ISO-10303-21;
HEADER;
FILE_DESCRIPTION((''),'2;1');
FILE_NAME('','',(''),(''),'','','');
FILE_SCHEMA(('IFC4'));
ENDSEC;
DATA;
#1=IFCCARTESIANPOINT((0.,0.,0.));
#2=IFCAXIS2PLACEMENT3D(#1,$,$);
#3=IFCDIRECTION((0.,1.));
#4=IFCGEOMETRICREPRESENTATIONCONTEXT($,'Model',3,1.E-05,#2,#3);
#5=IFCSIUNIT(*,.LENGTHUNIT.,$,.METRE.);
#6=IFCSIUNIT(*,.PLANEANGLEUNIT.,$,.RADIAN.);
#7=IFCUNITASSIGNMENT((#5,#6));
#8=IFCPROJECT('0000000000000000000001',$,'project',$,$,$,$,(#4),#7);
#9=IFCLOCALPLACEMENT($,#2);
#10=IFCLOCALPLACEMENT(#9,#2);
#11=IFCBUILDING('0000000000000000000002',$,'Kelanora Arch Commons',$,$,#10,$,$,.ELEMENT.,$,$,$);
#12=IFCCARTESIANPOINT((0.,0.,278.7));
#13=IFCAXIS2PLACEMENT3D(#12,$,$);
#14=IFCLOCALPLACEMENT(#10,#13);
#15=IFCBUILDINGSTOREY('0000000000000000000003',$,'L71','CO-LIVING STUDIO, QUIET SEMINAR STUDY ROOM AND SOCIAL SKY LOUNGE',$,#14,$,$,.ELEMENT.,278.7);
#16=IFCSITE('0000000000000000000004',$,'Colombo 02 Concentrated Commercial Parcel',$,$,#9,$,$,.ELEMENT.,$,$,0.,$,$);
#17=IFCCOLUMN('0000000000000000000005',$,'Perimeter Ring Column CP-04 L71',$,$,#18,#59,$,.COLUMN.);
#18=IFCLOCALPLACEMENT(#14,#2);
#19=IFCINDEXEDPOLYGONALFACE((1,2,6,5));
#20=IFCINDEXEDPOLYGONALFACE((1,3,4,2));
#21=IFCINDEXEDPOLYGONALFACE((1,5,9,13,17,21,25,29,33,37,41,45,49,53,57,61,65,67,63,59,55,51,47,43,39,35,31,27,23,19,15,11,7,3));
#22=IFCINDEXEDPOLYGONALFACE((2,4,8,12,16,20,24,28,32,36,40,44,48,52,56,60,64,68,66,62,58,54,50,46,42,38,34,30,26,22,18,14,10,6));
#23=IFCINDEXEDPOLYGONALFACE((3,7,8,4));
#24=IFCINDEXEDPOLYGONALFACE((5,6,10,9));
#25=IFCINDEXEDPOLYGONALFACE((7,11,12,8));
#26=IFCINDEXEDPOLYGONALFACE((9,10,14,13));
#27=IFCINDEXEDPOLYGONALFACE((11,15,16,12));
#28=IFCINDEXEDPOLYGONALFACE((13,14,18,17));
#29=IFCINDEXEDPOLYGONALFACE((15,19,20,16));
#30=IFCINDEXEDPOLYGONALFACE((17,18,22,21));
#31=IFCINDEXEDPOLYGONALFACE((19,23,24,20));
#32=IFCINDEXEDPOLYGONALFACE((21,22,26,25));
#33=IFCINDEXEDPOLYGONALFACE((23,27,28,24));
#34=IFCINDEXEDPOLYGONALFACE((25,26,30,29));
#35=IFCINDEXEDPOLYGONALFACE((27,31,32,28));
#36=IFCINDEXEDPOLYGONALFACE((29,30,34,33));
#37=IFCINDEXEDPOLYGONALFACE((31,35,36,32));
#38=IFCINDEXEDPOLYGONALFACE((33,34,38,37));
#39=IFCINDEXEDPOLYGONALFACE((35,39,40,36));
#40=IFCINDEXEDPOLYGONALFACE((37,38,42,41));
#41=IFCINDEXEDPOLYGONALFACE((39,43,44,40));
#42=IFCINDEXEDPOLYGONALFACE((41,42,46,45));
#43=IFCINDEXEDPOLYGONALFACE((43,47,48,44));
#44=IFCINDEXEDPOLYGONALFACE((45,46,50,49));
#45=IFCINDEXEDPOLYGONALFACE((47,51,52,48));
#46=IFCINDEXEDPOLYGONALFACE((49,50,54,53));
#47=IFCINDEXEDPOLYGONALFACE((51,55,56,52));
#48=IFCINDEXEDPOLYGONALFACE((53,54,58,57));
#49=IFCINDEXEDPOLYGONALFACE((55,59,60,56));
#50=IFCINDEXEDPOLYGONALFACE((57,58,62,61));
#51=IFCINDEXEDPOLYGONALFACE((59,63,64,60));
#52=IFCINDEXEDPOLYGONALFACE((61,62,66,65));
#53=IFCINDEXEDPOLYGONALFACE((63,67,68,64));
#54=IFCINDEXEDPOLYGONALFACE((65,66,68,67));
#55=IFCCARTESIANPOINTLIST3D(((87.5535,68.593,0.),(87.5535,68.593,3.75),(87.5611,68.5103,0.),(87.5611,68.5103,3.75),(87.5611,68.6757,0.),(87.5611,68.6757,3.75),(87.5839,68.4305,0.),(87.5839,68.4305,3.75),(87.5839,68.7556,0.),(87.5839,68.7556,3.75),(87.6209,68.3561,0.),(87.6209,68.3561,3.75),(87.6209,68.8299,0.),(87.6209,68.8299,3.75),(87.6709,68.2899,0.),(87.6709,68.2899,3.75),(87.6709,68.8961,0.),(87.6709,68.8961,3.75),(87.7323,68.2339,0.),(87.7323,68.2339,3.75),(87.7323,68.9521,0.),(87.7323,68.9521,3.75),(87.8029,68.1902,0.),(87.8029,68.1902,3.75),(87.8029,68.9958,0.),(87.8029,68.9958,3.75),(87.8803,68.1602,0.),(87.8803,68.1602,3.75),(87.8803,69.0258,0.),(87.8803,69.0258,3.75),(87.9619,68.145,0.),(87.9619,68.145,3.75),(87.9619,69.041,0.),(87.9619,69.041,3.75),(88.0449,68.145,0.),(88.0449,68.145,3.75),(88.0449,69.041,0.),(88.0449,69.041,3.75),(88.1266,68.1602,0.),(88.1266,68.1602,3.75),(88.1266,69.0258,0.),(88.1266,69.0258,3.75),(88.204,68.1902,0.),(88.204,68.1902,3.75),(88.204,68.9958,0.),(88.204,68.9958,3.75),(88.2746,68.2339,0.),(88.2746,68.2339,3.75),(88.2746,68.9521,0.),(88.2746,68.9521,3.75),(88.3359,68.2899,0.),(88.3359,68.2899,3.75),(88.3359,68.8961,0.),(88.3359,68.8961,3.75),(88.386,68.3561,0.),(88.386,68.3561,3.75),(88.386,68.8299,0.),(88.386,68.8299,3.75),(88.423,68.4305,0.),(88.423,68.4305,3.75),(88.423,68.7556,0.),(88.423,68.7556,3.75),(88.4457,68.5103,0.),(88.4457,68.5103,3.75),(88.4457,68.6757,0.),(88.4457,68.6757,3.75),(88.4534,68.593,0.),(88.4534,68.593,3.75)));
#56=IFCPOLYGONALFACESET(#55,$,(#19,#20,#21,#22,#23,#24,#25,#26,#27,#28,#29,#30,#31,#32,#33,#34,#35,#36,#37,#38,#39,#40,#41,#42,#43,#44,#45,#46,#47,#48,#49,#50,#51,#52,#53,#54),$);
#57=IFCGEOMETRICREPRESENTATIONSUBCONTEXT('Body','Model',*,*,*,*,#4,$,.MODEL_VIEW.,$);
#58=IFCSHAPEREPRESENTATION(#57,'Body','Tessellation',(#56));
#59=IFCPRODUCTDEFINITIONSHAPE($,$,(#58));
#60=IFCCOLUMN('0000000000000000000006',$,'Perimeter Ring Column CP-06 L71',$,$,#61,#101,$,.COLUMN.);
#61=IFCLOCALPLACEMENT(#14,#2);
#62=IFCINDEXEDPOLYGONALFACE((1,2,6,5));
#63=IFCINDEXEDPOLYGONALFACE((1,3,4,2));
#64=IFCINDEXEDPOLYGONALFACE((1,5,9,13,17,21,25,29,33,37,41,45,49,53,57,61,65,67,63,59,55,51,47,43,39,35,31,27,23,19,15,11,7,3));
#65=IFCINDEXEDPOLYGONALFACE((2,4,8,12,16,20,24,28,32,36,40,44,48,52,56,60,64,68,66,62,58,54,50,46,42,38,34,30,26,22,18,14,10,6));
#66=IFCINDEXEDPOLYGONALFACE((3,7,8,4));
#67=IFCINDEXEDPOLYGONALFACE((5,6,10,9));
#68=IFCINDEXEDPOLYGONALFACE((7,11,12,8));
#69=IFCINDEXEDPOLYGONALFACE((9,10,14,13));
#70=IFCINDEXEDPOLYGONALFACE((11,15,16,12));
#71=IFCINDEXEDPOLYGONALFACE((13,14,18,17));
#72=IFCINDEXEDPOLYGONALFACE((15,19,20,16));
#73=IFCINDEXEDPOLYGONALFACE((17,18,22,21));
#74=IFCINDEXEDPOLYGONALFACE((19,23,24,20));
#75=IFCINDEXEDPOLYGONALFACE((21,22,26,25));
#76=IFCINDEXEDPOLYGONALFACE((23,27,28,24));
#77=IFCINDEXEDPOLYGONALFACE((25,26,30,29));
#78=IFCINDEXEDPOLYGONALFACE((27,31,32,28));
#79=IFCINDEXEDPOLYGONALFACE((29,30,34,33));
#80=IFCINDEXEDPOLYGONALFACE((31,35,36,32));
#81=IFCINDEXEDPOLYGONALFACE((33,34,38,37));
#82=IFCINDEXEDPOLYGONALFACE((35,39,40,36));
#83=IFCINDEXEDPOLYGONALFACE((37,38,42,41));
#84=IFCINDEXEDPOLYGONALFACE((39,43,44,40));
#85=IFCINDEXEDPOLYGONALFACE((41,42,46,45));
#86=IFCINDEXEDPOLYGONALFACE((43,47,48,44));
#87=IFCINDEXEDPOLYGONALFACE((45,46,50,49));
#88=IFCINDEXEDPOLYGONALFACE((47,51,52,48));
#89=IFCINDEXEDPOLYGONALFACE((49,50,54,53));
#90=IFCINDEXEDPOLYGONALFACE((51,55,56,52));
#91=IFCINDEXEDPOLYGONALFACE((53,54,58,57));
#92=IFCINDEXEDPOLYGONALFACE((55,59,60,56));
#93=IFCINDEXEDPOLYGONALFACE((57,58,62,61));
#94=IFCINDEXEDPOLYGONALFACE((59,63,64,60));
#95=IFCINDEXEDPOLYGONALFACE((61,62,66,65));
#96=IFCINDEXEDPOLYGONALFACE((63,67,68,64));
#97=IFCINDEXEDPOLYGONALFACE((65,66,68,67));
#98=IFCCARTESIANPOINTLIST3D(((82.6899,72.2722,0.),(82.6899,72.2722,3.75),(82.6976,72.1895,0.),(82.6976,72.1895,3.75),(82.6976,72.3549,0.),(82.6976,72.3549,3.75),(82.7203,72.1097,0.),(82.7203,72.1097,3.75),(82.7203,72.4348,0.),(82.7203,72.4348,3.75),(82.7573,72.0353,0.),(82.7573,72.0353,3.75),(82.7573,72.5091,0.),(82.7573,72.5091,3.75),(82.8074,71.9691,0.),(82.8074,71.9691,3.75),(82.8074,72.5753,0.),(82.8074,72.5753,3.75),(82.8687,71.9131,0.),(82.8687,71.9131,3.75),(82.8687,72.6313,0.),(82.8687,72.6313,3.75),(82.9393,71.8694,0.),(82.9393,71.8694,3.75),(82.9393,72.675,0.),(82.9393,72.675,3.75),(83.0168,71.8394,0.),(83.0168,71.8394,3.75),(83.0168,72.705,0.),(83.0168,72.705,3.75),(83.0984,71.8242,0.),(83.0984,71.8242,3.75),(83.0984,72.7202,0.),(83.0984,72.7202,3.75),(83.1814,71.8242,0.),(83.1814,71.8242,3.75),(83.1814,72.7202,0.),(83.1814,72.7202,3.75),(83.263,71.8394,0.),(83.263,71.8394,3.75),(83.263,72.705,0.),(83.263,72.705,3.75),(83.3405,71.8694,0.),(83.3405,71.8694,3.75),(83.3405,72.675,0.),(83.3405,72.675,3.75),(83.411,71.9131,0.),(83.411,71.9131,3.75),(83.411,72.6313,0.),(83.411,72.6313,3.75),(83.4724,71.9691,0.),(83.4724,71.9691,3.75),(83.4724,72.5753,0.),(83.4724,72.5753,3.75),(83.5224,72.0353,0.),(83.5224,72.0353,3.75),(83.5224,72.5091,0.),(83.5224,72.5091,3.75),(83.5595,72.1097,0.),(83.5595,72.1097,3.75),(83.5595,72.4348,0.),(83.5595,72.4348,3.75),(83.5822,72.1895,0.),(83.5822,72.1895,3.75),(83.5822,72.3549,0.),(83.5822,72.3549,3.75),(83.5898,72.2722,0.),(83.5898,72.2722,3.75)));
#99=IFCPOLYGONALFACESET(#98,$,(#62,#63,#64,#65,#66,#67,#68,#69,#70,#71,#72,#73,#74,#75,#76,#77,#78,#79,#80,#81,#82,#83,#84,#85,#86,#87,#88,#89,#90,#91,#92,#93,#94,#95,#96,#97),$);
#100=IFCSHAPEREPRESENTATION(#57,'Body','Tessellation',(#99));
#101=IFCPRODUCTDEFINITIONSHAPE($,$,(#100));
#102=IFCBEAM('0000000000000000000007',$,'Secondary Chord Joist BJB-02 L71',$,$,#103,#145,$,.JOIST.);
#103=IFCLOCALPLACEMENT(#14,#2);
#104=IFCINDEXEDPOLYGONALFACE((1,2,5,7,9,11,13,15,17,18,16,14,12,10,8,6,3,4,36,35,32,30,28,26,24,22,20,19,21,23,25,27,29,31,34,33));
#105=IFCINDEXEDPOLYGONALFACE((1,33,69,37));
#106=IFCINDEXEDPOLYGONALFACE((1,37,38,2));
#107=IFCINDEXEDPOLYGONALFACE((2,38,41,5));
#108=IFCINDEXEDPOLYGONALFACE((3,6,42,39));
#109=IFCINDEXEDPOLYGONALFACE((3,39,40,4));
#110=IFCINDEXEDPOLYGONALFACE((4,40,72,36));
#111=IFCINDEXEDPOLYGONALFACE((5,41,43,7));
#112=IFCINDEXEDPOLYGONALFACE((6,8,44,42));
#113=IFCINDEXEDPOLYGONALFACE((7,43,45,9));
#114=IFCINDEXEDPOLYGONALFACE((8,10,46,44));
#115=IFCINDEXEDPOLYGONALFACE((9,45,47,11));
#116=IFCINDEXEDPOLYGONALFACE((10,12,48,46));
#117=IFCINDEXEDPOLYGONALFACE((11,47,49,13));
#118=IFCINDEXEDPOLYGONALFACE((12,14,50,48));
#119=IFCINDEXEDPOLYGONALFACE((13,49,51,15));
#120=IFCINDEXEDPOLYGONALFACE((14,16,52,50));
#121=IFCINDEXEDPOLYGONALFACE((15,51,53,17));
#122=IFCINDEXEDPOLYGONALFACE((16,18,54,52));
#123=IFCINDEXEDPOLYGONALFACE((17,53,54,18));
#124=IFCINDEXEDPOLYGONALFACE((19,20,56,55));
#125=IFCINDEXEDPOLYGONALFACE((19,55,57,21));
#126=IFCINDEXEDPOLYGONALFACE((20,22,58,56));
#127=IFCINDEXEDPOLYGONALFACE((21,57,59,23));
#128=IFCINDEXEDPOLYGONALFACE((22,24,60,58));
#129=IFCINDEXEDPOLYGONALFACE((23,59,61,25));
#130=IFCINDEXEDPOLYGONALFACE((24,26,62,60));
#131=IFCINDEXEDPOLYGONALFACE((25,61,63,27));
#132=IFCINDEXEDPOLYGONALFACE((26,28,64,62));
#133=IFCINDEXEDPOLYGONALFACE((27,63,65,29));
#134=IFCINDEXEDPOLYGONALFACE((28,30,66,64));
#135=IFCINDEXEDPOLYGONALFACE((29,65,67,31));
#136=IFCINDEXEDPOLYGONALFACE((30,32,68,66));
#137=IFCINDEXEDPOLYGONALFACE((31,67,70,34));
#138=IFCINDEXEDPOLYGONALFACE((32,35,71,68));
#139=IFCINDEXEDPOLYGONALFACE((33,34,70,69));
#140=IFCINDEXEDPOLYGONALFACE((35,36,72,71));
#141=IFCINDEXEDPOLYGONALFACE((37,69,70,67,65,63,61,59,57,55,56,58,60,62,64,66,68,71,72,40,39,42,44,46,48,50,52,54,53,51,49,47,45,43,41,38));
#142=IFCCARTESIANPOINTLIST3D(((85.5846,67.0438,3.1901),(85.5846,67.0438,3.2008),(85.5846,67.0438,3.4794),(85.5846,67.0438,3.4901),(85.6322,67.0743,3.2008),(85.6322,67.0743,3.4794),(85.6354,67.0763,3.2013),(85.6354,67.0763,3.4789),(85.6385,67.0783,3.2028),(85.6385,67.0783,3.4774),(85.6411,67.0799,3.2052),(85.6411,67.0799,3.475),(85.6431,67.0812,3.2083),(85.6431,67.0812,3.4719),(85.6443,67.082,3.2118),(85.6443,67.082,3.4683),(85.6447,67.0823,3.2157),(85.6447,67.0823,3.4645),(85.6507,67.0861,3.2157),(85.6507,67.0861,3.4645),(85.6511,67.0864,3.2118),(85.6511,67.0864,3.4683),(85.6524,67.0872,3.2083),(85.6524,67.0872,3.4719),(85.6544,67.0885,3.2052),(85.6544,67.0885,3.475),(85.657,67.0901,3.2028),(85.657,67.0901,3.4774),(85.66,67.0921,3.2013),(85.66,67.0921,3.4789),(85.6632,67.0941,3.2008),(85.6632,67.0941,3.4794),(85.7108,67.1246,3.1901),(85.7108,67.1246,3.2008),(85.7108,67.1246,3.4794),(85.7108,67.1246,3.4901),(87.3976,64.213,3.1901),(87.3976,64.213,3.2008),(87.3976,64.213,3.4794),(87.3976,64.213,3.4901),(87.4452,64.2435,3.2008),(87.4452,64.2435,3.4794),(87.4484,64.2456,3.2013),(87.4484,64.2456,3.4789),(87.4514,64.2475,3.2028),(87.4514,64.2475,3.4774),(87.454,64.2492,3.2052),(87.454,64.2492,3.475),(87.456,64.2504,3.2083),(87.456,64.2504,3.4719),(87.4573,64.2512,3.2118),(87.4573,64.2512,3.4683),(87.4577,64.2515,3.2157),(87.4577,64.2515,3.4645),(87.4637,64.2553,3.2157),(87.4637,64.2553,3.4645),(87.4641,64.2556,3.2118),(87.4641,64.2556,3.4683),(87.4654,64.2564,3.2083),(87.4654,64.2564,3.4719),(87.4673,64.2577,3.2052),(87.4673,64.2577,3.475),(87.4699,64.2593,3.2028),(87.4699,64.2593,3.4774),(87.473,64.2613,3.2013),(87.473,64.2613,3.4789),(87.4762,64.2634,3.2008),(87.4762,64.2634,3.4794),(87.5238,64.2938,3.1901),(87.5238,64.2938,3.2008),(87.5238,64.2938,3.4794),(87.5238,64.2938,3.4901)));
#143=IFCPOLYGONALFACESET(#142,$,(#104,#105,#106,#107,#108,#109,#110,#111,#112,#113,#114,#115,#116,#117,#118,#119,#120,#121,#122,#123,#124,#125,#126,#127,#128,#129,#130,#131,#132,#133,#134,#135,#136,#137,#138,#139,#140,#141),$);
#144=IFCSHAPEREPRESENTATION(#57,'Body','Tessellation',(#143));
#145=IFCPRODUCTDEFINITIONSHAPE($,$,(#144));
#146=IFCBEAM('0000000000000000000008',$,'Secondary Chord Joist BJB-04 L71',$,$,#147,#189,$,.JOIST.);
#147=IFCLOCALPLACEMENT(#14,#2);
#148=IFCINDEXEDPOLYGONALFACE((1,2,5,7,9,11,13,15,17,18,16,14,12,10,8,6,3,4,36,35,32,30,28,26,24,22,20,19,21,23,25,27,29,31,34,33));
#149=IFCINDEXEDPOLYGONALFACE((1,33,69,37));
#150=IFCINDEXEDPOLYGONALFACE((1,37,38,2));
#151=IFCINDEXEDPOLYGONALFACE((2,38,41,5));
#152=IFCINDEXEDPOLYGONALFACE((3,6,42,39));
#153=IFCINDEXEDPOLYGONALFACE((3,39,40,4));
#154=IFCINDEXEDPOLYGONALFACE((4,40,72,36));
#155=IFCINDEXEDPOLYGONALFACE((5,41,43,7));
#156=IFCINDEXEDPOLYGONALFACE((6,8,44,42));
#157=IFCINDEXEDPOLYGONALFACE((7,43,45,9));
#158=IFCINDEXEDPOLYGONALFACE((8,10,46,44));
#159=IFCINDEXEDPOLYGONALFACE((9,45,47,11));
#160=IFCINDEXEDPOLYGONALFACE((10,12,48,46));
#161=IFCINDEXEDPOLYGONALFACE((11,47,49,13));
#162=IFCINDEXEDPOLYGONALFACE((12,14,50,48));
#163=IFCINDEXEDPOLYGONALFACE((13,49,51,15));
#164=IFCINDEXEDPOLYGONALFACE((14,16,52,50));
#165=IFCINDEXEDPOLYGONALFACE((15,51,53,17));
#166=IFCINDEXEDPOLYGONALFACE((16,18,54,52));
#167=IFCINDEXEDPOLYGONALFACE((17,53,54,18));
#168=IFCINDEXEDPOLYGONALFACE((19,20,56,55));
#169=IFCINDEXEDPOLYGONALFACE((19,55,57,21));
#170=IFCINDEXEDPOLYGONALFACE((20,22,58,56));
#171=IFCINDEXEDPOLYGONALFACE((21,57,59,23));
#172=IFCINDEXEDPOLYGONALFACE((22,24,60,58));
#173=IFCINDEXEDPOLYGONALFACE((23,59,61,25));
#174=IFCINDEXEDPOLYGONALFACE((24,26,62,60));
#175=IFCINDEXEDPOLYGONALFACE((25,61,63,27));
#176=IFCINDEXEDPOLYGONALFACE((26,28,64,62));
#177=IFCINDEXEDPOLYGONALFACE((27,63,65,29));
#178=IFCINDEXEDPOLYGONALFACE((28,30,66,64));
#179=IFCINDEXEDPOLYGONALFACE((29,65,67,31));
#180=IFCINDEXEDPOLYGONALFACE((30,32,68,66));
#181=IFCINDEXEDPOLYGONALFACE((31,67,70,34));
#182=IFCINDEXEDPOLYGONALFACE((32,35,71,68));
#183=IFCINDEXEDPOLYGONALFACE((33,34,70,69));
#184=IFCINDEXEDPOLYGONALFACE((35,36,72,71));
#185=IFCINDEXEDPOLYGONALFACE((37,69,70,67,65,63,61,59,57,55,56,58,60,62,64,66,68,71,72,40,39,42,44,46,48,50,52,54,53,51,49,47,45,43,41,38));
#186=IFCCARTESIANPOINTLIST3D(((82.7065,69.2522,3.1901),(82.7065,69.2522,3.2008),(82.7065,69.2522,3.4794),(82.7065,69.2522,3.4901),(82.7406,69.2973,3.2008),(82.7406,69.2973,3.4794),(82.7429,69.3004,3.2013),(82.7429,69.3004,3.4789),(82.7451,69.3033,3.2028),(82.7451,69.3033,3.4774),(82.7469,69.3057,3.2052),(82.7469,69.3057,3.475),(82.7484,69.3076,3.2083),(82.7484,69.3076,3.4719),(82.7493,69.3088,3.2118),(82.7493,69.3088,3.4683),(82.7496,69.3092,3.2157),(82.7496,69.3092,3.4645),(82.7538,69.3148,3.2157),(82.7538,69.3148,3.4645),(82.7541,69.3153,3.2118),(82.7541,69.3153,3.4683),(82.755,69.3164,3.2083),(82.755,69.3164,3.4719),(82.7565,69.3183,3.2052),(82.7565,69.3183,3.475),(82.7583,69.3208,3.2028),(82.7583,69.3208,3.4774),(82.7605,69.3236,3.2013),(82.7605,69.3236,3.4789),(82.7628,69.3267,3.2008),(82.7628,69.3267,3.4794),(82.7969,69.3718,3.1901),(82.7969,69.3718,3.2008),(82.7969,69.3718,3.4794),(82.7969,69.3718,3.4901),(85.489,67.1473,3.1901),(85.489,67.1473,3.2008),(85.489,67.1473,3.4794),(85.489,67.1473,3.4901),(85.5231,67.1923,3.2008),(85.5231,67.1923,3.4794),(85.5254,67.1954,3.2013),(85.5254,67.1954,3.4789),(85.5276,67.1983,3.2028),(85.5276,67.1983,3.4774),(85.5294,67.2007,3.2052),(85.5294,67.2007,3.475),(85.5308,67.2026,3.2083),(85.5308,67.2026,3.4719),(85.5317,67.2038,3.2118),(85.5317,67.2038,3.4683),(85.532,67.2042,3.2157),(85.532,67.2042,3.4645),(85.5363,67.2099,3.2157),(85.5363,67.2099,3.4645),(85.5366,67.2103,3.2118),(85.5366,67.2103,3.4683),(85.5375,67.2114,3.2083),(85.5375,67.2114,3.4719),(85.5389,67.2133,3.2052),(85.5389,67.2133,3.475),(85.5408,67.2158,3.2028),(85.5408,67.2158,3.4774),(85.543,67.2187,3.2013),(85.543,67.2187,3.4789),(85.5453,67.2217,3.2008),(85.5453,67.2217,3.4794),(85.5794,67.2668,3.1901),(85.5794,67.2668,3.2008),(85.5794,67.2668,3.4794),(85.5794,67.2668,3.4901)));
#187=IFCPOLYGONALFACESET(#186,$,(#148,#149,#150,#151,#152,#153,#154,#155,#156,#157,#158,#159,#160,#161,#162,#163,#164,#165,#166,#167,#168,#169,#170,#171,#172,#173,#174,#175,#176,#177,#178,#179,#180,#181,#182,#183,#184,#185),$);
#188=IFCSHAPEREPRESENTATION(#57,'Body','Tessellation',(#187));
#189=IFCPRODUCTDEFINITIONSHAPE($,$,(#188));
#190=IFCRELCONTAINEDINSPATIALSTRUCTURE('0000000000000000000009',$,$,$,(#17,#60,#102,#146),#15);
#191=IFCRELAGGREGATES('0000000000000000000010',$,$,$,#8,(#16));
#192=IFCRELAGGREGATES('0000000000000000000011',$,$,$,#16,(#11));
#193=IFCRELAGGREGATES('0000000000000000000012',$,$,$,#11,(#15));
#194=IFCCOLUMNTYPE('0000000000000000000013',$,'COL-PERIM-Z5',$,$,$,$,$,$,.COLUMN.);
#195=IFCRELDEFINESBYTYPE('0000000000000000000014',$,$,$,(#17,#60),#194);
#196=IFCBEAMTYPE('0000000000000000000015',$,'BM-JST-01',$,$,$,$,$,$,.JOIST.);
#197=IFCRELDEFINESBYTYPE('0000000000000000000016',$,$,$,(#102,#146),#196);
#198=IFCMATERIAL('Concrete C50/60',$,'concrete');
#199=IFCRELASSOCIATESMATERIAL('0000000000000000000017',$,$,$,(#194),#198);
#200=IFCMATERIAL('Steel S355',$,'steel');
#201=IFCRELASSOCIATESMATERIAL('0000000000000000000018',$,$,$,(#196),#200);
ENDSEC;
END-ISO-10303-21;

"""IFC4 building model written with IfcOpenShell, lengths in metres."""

from ifc_helpers import new_model, si_unit, direction, frame, origin, origin_2d, place, context, subcontext, project, spatial, circle, i_section, extrude, material, material_profile, profile_set, type_object, element, save


model = new_model("IFC4")

# Units and contexts
model_context = context("Model", 3, precision=1e-05, world=origin(), true_north=direction((0.0, 1.0)))
body_context = subcontext(model_context, "Body", "Model", "MODEL_VIEW")
ifc_project = project(units=[si_unit("LENGTHUNIT", "METRE"), si_unit("PLANEANGLEUNIT", "RADIAN")], contexts=[model_context])

# Site, building, storey
site_placement = place(None, origin())
site = spatial("IfcSite", under=ifc_project, at=site_placement, Name="Colombo 02 Concentrated Commercial Parcel", CompositionType="ELEMENT", RefElevation=0.0)
building_placement = place(site_placement, origin())
building = spatial("IfcBuilding", under=site, at=building_placement, Name="Kelanora Arch Commons", CompositionType="ELEMENT")
storey_placement = place(building_placement, frame((0.0, 0.0, 278.7)))
storey = spatial("IfcBuildingStorey", under=building, at=storey_placement, Name="L71", Description="CO-LIVING STUDIO, QUIET SEMINAR STUDY ROOM AND SOCIAL SKY LOUNGE", CompositionType="ELEMENT", Elevation=278.7)

# Columns
ifc_material_1 = material(Name="Concrete C50/60", Category="concrete")
ifc_material_profile_1 = material_profile(ifc_material_1, circle(Radius=0.45, at=origin_2d()), Name="RCC900")
ifc_profile_set_1 = profile_set([ifc_material_profile_1], Name="Concrete C50/60")
column_type = type_object("IfcColumnType", Name="COL-PERIM-Z5", PredefinedType="COLUMN", material=ifc_profile_set_1)
for number, where, z_axis, x_axis, name in (
    (1, (88.0034, 68.593, 0.0), (0.0, 0.0, 1.0), (1.0, 0.0, 0.0), "Perimeter Ring Column CP-04 L71"),
    (2, (83.1399, 72.2722, 0.0), (0.0, 0.0, 1.0), (1.0, 0.0, 0.0), "Perimeter Ring Column CP-06 L71"),
):
    element("IfcColumn", number, at=place(storey_placement, frame(where, z_axis=z_axis, x_axis=x_axis)), inside=storey, type_object=column_type, Name=name, PredefinedType="COLUMN", context=body_context, shape_type="SweptSolid", body=[
        extrude(circle(Radius=0.45, at=origin_2d()), origin(), (0.0, 0.0, 1.0), 3.75),
    ])

# Beams
ifc_material_2 = material(Name="Steel S355", Category="steel")
ifc_material_profile_2 = material_profile(ifc_material_2, i_section(OverallWidth=0.1499, OverallDepth=0.3, WebThickness=0.0071, FlangeThickness=0.0107, FilletRadius=0.0149, at=origin_2d()), Name="IPE300")
ifc_profile_set_2 = profile_set([ifc_material_profile_2], Name="Steel S355")
beam_type_1 = type_object("IfcBeamType", Name="BM-JST-01", PredefinedType="JOIST", material=ifc_profile_set_2)
beam_1_placement = place(storey_placement, frame((87.4607, 64.2534, 3.3401), z_axis=(-0.539322, 0.8421, 0.0), x_axis=(-0.8421, -0.539322, 0.0)))
element("IfcBeam", 3, at=beam_1_placement, inside=storey, type_object=beam_type_1, Name="Secondary Chord Joist BJB-02 L71", PredefinedType="JOIST", context=body_context, shape_type="SweptSolid", body=[
    extrude(i_section(OverallWidth=0.1499, OverallDepth=0.3, WebThickness=0.0071, FlangeThickness=0.0107, FilletRadius=0.0149, at=origin_2d()), origin(), (0.0, 0.0, 1.0), 3.3616),
])
beam_2_placement = place(storey_placement, frame((85.5342, 67.207, 3.3401), z_axis=(-0.797499, 0.60332, 0.0), x_axis=(-0.60332, -0.797499, 0.0)))
element("IfcBeam", 4, at=beam_2_placement, inside=storey, type_object=beam_type_1, Name="Secondary Chord Joist BJB-04 L71", PredefinedType="JOIST", context=body_context, shape_type="SweptSolid", body=[
    extrude(i_section(OverallWidth=0.1499, OverallDepth=0.3, WebThickness=0.0071, FlangeThickness=0.0107, FilletRadius=0.0149, at=origin_2d()), origin(), (0.0, 0.0, 1.0), 3.489),
])

save(model, "model.ifc")
